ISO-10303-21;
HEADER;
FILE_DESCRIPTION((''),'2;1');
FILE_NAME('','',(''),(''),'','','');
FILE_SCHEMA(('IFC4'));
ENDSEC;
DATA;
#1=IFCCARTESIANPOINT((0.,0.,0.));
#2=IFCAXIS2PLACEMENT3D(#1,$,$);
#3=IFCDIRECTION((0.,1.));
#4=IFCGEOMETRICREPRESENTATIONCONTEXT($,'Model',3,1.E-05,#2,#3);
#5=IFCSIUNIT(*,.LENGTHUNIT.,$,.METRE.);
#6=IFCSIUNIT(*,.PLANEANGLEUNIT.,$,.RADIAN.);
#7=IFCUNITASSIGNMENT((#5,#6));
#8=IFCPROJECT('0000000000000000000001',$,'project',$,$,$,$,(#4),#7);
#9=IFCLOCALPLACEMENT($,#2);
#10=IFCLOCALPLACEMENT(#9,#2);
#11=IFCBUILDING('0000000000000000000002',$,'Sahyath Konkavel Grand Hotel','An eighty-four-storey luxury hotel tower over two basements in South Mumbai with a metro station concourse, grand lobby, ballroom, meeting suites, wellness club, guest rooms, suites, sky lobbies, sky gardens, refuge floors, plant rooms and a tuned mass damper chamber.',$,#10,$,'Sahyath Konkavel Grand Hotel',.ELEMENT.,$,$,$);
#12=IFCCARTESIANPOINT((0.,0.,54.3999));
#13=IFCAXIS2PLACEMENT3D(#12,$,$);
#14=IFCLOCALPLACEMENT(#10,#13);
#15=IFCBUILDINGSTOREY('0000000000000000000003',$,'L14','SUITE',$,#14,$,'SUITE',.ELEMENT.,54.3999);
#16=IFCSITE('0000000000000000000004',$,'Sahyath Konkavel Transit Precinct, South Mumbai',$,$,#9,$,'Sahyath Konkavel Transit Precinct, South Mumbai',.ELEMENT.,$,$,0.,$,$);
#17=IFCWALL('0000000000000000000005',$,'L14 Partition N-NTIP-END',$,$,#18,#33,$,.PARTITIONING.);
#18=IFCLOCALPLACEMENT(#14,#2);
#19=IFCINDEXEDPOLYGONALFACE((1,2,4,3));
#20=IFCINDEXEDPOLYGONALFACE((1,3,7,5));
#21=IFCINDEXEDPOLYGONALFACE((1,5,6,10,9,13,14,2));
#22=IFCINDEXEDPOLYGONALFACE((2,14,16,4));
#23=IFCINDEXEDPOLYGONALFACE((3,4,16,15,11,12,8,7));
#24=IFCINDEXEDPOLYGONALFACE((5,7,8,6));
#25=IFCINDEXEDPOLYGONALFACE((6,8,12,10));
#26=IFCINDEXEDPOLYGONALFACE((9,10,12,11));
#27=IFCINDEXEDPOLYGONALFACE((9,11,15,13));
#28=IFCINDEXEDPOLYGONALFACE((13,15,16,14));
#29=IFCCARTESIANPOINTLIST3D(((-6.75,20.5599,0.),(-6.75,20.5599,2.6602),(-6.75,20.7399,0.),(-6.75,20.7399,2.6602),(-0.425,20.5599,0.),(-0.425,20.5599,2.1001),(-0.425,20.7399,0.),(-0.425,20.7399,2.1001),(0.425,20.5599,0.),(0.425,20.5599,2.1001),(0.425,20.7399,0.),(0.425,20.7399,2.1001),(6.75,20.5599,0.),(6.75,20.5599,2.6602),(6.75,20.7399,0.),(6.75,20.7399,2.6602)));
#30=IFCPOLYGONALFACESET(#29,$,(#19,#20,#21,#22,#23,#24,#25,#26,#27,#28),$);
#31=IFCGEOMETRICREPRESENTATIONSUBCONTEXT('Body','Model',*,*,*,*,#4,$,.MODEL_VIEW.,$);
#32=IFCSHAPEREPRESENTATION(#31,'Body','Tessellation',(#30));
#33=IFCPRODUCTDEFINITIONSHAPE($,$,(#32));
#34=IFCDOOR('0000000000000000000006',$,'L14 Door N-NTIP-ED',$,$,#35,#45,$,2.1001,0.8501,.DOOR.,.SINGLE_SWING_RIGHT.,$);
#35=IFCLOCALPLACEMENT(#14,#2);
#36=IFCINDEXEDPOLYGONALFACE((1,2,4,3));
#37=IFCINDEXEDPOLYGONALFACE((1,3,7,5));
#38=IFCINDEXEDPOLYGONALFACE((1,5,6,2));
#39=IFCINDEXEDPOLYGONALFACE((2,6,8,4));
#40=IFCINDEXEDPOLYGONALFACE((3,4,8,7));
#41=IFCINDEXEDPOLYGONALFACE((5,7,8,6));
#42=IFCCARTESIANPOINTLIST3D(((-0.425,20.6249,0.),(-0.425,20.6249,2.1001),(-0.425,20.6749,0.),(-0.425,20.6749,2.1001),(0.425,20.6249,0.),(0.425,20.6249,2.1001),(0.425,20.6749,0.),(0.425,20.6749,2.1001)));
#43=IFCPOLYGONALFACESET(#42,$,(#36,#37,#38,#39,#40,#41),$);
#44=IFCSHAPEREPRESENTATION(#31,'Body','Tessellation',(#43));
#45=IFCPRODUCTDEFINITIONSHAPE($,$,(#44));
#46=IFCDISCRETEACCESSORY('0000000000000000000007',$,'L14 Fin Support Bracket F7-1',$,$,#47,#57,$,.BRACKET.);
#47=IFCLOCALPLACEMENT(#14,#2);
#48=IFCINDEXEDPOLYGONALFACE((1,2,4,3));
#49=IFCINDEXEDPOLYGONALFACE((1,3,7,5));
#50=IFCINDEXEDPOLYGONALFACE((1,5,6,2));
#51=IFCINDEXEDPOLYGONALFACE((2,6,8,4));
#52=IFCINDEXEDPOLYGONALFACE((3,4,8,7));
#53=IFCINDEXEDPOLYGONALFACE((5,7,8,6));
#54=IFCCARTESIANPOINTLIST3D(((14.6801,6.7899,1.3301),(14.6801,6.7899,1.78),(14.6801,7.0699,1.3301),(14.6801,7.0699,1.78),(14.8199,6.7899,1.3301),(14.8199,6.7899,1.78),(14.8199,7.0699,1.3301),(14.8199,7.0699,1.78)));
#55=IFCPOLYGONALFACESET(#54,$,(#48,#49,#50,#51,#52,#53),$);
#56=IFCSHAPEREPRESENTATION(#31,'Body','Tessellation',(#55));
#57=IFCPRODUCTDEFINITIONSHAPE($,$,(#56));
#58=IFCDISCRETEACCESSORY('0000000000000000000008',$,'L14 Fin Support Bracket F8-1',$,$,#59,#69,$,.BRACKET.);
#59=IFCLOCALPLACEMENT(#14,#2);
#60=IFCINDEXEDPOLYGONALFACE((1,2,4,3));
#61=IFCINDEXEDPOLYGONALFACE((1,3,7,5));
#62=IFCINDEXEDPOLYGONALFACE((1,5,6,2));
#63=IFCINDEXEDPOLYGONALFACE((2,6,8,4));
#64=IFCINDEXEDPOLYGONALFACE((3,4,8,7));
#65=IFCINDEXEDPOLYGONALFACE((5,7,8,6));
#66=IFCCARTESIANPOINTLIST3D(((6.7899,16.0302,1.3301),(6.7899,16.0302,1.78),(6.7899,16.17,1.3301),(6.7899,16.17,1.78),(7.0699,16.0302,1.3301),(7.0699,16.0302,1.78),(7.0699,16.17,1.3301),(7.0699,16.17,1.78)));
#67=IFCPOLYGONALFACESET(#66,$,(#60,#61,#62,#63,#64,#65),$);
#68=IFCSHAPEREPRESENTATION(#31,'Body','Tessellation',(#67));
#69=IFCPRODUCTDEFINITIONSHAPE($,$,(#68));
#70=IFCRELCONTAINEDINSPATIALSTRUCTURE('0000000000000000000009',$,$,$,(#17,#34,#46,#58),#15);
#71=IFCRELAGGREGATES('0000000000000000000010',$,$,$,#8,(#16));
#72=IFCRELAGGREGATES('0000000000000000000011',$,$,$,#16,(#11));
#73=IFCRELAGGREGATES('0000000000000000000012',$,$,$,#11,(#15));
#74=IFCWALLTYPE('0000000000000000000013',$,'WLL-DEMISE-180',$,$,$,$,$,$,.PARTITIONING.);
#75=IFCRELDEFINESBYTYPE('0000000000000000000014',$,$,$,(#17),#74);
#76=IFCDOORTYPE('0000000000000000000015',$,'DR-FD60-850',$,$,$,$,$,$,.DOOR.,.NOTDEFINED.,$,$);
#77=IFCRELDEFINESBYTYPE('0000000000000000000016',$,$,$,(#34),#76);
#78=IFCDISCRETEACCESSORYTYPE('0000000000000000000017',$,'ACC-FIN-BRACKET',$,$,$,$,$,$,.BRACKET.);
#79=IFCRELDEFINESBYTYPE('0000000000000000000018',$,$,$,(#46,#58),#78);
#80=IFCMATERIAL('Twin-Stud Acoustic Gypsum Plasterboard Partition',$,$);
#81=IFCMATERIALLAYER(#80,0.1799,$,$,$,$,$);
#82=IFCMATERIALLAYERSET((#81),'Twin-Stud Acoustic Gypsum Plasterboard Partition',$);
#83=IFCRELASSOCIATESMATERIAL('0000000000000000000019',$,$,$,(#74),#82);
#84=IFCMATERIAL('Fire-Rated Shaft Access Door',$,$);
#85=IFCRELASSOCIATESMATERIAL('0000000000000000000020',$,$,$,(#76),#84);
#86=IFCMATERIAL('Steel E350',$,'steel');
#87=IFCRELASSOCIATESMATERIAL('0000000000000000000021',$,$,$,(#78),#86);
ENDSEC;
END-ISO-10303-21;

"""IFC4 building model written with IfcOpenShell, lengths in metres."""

from ifc_helpers import new_model, si_unit, direction, frame, frame_2d, origin, origin_2d, place, context, subcontext, project, spatial, rectangle, extrude, source, transform, mapped, material, layer, layer_set, type_object, element, fill, save


model = new_model("IFC4")

# Units and contexts
model_context = context("Model", 3, precision=1e-05, world=origin(), true_north=direction((0.0, 1.0)))
body_context = subcontext(model_context, "Body", "Model", "MODEL_VIEW")
ifc_project = project(units=[si_unit("LENGTHUNIT", "METRE"), si_unit("PLANEANGLEUNIT", "RADIAN")], contexts=[model_context])

# Site, building, storey
site_placement = place(None, origin())
site = spatial("IfcSite", under=ifc_project, at=site_placement, Name="Sahyath Konkavel Transit Precinct, South Mumbai", LongName="Sahyath Konkavel Transit Precinct, South Mumbai", CompositionType="ELEMENT", RefElevation=0.0)
building_placement = place(site_placement, origin())
building = spatial("IfcBuilding", under=site, at=building_placement, Name="Sahyath Konkavel Grand Hotel", Description="An eighty-four-storey luxury hotel tower over two basements in South Mumbai with a metro station concourse, grand lobby, ballroom, meeting suites, wellness club, guest rooms, suites, sky lobbies, sky gardens, refuge floors, plant rooms and a tuned mass damper chamber.", LongName="Sahyath Konkavel Grand Hotel", CompositionType="ELEMENT")
storey_placement = place(building_placement, frame((0.0, 0.0, 54.3999)))
storey = spatial("IfcBuildingStorey", under=building, at=storey_placement, Name="L14", Description="SUITE", LongName="SUITE", CompositionType="ELEMENT", Elevation=54.3999)

# Shared definitions
ifc_material_1 = material(Name="Steel E350", Category="steel")

# Shared definitions
ifc_material_2 = material(Name="Twin-Stud Acoustic Gypsum Plasterboard Partition")
ifc_layer_1 = layer(ifc_material_2, 0.1799)
ifc_layer_set_1 = layer_set([ifc_layer_1], Name="Twin-Stud Acoustic Gypsum Plasterboard Partition")
wall_type_1 = type_object("IfcWallType", Name="WLL-DEMISE-180", PredefinedType="PARTITIONING", material=ifc_layer_set_1)

# Wall, opening, door
wall_1_placement = place(storey_placement, frame((6.75, 20.6499, 0.0), z_axis=(0.0, 0.0, 1.0), x_axis=(-1.0, 0.0, 0.0)))
wall_1 = element("IfcWall", 1, at=wall_1_placement, inside=storey, type_object=wall_type_1, Name="L14 Partition N-NTIP-END", PredefinedType="PARTITIONING", context=body_context, shape_type="SweptSolid", body=[
    extrude(rectangle(XDim=13.5, YDim=0.1799, at=frame_2d((6.75, 0.0))), origin(), (0.0, 0.0, 1.0), 2.6602),
])
opening_placement = place(wall_1_placement, frame((6.325, 0.0, 0.0)))
opening = element("IfcOpeningElement", 2, at=opening_placement, cuts=wall_1, PredefinedType="OPENING", context=body_context, shape_type="SweptSolid", body=[
    extrude(rectangle(XDim=0.8501, YDim=2.1001, at=frame_2d((0.425, 1.05))), frame((0.0, 0.1001, 0.0), z_axis=(0.0, -1.0, 0.0), x_axis=(1.0, 0.0, 0.0)), (0.0, 0.0, 1.0), 0.2),
])
ifc_material_3 = material(Name="Fire-Rated Shaft Access Door")
door_type = type_object("IfcDoorType", Name="DR-FD60-850", OperationType="NOTDEFINED", PredefinedType="DOOR", material=ifc_material_3)
shared_shape_1 = source(origin(), body_context, "Body", "SweptSolid", [
    extrude(rectangle(XDim=0.8501, YDim=0.05, at=origin_2d()), origin(), (0.0, 0.0, 1.0), 2.1001),
])
door_placement = place(opening_placement, frame((0.425, 0.0, 0.0)))
door = element("IfcDoor", 3, at=door_placement, inside=storey, type_object=door_type, Name="L14 Door N-NTIP-ED", OperationType="SINGLE_SWING_RIGHT", OverallHeight=2.1001, OverallWidth=0.8501, PredefinedType="DOOR", context=body_context, shape_type="MappedRepresentation", body=[
    mapped(shared_shape_1, transform((0.0, 0.0, 0.0), scale=1.0)),
])
fill(opening, door)

# Discrete accessories
discrete_accessory_type = type_object("IfcDiscreteAccessoryType", Name="ACC-FIN-BRACKET", PredefinedType="BRACKET", material=ifc_material_1)
shared_shape_2 = source(origin(), body_context, "Body", "SweptSolid", [
    extrude(rectangle(XDim=0.28, YDim=0.1399, at=origin_2d()), origin(), (0.0, 0.0, 1.0), 0.45),
])
for number, where, z_axis, x_axis, name in (
    (4, (14.75, 6.9299, 1.3301), (0.0, 0.0, 1.0), (0.0, 1.0, 0.0), "L14 Fin Support Bracket F7-1"),
    (5, (6.9299, 16.1001, 1.3301), (0.0, 0.0, 1.0), (1.0, 0.0, 0.0), "L14 Fin Support Bracket F8-1"),
):
    element("IfcDiscreteAccessory", number, at=place(storey_placement, frame(where, z_axis=z_axis, x_axis=x_axis)), inside=storey, type_object=discrete_accessory_type, Name=name, PredefinedType="BRACKET", context=body_context, shape_type="MappedRepresentation", body=[
        mapped(shared_shape_2, transform((0.0, 0.0, 0.0), scale=1.0)),
    ])

save(model, "model.ifc")
